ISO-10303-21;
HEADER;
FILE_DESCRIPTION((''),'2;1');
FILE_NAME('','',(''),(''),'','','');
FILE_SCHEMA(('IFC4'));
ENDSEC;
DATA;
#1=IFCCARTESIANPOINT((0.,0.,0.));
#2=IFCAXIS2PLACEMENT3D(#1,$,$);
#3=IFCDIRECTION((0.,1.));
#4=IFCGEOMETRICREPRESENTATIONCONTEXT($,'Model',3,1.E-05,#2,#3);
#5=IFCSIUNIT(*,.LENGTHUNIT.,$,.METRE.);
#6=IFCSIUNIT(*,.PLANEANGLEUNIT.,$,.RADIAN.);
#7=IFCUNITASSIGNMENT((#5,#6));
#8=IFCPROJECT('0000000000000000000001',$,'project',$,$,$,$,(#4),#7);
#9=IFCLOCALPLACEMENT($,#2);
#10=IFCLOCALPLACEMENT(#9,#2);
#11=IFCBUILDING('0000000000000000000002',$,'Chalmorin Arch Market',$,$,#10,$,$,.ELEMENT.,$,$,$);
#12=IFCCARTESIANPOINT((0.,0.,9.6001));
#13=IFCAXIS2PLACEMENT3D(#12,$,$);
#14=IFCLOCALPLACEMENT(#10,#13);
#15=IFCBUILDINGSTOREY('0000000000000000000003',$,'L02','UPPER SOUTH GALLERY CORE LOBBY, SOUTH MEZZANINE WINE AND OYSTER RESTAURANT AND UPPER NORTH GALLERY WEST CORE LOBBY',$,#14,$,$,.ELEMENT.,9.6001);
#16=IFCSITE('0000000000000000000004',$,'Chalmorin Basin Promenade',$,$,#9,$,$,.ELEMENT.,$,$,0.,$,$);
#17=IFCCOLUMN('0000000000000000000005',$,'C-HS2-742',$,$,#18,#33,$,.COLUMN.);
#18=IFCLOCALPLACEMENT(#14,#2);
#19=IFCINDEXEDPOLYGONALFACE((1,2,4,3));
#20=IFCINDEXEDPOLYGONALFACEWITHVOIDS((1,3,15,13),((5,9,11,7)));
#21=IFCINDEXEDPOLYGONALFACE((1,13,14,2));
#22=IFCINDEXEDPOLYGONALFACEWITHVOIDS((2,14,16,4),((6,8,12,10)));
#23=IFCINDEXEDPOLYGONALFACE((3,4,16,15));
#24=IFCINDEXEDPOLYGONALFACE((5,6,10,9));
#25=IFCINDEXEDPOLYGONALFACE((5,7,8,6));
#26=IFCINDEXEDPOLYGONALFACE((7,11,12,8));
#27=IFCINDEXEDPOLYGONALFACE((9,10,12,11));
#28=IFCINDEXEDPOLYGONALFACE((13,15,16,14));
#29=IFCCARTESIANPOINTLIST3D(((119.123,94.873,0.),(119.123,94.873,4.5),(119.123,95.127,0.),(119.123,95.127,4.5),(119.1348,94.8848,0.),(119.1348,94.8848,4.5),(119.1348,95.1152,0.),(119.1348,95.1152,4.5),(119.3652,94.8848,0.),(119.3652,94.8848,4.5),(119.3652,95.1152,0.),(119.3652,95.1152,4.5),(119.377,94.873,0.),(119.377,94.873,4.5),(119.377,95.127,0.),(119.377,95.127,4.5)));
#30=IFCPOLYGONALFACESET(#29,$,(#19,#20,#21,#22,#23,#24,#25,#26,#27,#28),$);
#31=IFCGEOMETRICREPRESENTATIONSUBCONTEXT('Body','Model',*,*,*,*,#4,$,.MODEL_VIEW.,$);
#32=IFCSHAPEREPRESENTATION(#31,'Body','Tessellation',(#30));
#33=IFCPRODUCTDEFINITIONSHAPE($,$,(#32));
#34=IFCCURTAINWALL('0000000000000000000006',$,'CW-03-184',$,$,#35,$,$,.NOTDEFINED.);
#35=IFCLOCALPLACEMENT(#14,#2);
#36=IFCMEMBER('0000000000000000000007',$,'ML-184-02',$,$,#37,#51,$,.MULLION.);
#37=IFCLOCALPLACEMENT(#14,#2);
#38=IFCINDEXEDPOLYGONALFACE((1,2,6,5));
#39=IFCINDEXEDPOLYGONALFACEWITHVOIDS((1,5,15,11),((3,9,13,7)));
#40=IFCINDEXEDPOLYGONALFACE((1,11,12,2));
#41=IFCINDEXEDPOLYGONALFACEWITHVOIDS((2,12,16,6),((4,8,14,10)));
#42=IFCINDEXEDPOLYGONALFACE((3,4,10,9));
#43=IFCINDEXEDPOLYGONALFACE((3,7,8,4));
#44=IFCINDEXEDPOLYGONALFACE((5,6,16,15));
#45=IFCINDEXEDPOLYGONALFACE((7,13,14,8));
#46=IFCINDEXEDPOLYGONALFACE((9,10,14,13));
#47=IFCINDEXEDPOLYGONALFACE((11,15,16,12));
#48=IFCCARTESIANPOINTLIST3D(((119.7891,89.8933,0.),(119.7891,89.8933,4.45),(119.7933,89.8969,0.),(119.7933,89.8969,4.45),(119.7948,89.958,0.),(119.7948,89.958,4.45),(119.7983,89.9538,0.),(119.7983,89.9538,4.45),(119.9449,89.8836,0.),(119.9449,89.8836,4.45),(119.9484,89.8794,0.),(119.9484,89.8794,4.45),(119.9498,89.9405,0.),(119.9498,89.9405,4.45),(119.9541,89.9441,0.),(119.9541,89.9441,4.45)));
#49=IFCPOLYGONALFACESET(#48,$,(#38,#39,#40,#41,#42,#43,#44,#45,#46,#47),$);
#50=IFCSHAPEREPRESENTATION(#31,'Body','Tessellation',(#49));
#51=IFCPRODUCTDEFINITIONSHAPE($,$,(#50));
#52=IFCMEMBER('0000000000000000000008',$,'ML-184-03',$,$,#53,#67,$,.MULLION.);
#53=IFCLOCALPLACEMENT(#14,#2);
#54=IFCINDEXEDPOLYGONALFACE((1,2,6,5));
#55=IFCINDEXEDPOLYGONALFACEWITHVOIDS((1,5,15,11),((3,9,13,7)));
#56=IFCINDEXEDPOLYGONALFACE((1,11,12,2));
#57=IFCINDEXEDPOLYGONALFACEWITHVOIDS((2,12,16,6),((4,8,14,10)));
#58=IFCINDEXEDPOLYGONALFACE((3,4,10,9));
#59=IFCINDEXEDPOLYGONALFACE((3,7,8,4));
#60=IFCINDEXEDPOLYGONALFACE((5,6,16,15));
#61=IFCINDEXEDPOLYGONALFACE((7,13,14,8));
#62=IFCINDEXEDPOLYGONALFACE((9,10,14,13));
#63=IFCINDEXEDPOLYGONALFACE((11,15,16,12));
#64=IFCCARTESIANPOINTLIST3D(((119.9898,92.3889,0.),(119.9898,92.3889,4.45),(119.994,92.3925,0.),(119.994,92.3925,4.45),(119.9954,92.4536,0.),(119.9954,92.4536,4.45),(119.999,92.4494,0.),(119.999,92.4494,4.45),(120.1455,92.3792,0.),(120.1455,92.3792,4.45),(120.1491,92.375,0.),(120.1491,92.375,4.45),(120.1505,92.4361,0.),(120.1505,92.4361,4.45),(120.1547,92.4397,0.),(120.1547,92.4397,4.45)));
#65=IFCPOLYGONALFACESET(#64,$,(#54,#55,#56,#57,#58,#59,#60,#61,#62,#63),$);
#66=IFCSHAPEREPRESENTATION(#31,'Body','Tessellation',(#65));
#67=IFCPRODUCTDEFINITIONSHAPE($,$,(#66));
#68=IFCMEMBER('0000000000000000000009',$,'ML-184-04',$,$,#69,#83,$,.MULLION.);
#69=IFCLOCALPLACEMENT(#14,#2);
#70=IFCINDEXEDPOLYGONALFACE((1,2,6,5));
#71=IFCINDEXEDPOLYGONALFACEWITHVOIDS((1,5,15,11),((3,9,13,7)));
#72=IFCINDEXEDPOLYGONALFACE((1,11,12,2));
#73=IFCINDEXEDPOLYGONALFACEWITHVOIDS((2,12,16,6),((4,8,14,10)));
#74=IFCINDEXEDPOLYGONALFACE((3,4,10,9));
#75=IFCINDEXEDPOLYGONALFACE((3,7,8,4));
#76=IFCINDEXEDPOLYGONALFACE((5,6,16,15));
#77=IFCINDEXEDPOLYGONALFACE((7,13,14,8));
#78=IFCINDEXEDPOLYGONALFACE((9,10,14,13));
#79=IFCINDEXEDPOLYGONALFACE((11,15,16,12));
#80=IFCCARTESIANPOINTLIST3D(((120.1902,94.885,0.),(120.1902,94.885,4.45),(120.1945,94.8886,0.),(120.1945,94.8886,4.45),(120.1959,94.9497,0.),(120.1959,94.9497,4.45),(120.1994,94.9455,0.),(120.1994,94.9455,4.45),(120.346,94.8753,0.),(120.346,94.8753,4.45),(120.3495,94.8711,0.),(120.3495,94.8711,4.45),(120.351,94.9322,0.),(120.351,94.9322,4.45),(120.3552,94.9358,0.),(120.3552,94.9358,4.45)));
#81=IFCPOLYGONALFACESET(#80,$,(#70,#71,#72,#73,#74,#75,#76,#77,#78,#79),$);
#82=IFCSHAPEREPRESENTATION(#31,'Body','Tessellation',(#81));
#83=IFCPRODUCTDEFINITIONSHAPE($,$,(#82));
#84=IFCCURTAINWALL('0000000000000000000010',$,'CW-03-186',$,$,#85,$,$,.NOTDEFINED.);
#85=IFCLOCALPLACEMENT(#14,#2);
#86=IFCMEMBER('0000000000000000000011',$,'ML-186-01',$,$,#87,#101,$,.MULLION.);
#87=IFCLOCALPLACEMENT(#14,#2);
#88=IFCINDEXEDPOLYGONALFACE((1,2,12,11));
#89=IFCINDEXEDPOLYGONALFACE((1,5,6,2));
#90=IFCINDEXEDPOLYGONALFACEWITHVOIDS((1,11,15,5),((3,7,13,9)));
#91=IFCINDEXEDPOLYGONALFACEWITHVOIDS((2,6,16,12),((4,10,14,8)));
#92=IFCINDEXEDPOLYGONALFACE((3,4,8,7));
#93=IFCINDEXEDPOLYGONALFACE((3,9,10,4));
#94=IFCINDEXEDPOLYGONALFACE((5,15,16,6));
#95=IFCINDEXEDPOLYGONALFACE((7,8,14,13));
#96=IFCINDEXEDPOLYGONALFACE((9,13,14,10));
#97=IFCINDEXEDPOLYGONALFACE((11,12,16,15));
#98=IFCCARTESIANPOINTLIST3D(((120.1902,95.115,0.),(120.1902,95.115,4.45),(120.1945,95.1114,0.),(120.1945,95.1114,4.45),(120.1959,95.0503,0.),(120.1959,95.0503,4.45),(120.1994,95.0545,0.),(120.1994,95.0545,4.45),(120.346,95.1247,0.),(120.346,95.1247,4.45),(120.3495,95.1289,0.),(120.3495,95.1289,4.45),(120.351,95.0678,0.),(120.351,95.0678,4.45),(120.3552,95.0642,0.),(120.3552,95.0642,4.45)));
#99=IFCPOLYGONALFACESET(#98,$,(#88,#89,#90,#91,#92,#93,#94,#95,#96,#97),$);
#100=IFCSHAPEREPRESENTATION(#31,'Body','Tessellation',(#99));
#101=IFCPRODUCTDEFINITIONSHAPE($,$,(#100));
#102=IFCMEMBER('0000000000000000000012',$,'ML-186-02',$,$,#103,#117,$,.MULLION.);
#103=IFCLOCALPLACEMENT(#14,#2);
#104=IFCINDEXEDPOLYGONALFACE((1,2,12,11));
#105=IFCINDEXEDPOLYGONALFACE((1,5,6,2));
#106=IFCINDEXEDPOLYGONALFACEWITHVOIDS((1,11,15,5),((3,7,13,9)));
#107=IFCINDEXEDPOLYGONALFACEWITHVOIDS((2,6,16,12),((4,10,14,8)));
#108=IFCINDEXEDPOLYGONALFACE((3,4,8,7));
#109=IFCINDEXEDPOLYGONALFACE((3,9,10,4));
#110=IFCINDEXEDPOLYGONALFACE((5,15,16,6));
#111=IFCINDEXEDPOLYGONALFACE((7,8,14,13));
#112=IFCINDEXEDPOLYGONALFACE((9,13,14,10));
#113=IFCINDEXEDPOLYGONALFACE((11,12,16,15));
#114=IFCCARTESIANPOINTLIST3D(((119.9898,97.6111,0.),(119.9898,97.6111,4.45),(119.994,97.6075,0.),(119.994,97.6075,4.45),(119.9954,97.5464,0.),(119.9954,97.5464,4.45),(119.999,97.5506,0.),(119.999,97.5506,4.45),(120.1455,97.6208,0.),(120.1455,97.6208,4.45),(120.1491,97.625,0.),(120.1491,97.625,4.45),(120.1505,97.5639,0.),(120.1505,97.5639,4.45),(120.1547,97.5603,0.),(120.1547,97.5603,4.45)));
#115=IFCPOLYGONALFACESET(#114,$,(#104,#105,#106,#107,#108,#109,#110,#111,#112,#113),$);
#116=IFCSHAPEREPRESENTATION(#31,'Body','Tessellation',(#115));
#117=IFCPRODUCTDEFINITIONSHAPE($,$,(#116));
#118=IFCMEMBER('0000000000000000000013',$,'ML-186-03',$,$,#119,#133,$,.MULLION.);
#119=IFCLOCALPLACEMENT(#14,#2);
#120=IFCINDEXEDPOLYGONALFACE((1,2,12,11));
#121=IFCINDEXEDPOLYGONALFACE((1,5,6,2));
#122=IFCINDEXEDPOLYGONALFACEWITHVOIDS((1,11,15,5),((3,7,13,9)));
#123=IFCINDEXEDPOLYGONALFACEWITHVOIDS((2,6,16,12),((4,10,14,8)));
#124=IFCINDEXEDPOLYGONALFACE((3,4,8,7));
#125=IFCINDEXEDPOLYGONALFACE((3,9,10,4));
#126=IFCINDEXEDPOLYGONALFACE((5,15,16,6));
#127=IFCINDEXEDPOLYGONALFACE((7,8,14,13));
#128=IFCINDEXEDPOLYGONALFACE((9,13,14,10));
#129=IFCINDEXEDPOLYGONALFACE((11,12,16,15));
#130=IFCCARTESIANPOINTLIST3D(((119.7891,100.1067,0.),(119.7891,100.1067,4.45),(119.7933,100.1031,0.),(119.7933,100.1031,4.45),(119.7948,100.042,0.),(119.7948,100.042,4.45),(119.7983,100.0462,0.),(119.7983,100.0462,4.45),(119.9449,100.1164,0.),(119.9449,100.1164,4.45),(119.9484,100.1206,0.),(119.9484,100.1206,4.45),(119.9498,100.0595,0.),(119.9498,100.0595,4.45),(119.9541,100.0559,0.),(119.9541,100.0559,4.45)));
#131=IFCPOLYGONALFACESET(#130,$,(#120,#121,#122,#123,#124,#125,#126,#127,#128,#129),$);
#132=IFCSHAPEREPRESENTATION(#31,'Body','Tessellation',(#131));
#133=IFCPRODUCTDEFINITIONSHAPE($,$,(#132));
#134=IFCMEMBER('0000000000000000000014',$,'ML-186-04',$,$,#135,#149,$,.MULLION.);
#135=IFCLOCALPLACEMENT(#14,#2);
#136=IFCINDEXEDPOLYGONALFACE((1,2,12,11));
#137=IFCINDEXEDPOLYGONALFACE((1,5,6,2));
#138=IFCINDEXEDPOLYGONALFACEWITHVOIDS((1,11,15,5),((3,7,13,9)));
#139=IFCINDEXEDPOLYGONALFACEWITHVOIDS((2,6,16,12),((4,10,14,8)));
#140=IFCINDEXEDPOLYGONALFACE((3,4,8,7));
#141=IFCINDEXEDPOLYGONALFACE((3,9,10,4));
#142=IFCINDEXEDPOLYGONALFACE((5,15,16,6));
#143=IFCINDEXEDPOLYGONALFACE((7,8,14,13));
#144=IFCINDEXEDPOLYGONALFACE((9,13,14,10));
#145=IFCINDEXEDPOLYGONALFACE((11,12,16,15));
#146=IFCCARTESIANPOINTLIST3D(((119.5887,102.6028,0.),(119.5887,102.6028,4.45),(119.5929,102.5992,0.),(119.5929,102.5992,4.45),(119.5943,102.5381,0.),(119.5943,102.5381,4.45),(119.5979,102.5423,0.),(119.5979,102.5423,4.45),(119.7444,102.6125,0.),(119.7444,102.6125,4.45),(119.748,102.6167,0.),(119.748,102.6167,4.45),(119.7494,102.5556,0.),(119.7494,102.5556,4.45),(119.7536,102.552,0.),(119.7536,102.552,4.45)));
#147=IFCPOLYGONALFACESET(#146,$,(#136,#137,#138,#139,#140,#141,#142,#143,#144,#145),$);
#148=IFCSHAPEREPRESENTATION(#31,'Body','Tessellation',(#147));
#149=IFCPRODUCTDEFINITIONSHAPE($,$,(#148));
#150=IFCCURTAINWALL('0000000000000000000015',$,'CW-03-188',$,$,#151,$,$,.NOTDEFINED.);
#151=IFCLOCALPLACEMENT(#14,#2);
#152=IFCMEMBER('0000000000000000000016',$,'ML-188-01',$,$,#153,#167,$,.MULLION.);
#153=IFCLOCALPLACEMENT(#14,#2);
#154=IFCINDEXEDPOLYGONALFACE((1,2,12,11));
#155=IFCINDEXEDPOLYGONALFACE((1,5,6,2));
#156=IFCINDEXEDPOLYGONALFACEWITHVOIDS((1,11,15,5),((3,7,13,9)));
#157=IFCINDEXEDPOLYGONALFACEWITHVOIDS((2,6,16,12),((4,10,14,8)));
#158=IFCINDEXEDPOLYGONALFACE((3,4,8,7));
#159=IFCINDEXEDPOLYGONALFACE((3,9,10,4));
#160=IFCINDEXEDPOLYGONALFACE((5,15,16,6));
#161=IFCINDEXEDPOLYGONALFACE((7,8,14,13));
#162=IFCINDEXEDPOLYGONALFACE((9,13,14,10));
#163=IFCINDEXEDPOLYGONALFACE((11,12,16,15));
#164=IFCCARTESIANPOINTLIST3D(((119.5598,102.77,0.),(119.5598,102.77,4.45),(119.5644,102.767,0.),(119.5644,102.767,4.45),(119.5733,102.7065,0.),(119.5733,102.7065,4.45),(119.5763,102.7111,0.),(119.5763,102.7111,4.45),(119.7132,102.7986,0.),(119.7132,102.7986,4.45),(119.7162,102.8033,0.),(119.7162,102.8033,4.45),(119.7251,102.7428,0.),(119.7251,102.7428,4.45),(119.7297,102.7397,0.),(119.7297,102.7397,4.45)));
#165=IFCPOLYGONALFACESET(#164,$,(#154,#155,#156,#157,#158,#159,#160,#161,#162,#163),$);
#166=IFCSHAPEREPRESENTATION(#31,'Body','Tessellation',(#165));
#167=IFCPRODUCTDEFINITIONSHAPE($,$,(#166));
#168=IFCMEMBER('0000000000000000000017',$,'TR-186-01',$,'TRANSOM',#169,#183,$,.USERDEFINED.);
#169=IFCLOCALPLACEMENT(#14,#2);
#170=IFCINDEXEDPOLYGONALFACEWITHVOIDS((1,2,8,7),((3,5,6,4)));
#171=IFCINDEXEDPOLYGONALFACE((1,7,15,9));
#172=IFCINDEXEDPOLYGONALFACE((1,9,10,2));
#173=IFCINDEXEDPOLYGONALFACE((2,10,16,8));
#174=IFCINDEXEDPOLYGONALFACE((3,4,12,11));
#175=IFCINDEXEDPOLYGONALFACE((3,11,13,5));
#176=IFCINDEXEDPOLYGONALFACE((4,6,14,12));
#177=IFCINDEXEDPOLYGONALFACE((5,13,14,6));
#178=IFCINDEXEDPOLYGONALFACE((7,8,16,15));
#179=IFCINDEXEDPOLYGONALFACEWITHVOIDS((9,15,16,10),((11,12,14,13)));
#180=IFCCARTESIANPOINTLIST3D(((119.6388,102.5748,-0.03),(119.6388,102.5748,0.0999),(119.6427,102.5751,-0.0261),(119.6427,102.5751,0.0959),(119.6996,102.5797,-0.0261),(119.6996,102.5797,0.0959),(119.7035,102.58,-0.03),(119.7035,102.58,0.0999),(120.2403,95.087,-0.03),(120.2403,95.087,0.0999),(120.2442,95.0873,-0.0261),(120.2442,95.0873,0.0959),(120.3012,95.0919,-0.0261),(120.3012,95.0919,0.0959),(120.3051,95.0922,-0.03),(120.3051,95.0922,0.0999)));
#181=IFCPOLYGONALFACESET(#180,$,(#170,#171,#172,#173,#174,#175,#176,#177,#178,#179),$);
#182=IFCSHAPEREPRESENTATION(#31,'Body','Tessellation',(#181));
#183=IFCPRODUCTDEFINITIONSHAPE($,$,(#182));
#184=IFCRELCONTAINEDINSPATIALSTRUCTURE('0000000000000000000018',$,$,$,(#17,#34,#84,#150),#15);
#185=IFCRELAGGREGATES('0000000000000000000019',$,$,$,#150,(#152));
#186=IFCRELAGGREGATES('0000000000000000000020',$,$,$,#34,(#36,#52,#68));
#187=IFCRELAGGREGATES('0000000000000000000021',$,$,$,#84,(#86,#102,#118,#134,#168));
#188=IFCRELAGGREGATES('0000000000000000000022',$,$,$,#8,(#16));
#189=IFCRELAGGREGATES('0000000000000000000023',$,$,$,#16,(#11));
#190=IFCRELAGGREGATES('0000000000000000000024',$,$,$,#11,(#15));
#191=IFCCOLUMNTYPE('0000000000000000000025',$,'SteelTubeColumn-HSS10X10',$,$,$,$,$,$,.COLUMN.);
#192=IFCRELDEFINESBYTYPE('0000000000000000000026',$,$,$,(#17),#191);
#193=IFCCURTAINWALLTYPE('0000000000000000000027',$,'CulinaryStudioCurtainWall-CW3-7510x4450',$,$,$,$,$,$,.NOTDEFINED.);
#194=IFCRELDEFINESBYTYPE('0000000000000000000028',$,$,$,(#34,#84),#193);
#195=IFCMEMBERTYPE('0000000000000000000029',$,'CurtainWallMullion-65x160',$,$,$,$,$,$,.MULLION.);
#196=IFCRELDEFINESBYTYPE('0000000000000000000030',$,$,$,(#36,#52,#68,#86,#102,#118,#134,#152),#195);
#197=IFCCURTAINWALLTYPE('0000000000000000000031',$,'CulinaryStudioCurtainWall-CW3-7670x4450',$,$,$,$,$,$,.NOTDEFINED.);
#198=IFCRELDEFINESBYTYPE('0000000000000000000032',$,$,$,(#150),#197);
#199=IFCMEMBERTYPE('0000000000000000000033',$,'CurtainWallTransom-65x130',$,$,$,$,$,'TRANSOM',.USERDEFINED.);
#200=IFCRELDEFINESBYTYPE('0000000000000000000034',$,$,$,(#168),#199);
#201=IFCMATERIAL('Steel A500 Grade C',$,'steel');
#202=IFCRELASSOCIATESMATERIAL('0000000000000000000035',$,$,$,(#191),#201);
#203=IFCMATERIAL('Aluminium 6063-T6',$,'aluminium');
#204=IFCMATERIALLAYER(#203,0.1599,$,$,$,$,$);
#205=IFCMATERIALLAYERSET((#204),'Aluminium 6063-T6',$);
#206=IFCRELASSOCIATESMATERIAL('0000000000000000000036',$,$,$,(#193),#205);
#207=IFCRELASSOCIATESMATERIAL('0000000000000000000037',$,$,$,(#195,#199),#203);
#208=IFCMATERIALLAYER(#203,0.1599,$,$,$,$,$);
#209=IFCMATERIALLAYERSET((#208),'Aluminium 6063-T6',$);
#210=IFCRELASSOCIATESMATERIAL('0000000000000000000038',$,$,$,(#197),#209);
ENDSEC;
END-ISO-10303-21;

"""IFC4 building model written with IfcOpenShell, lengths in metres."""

from ifc_helpers import new_model, si_unit, direction, frame, origin, origin_2d, place, context, subcontext, project, spatial, hollow_rectangle, extrude, material, layer, layer_set, material_profile, profile_set, type_object, element, aggregate, save


model = new_model("IFC4")

# Units and contexts
model_context = context("Model", 3, precision=1e-05, world=origin(), true_north=direction((0.0, 1.0)))
body_context = subcontext(model_context, "Body", "Model", "MODEL_VIEW")
ifc_project = project(units=[si_unit("LENGTHUNIT", "METRE"), si_unit("PLANEANGLEUNIT", "RADIAN")], contexts=[model_context])

# Site, building, storey
site_placement = place(None, origin())
site = spatial("IfcSite", under=ifc_project, at=site_placement, Name="Chalmorin Basin Promenade", CompositionType="ELEMENT", RefElevation=0.0)
building_placement = place(site_placement, origin())
building = spatial("IfcBuilding", under=site, at=building_placement, Name="Chalmorin Arch Market", CompositionType="ELEMENT")
storey_placement = place(building_placement, frame((0.0, 0.0, 9.6001)))
storey = spatial("IfcBuildingStorey", under=building, at=storey_placement, Name="L02", Description="UPPER SOUTH GALLERY CORE LOBBY, SOUTH MEZZANINE WINE AND OYSTER RESTAURANT AND UPPER NORTH GALLERY WEST CORE LOBBY", CompositionType="ELEMENT", Elevation=9.6001)

# Column
ifc_material_1 = material(Name="Steel A500 Grade C", Category="steel")
ifc_material_profile_1 = material_profile(ifc_material_1, hollow_rectangle(XDim=0.2539, YDim=0.2539, WallThickness=0.0117, at=origin_2d()), Name="HSS10X10X1/2")
ifc_profile_set_1 = profile_set([ifc_material_profile_1], Name="Steel A500 Grade C")
column_type = type_object("IfcColumnType", Name="SteelTubeColumn-HSS10X10", PredefinedType="COLUMN", material=ifc_profile_set_1)
column_placement = place(storey_placement, frame((119.25, 95.0, 0.0), z_axis=(0.0, 0.0, 1.0), x_axis=(1.0, 0.0, 0.0)))
element("IfcColumn", 1, at=column_placement, inside=storey, type_object=column_type, Name="C-HS2-742", PredefinedType="COLUMN", context=body_context, shape_type="SweptSolid", body=[
    extrude(hollow_rectangle(XDim=0.2539, YDim=0.2539, WallThickness=0.0117, at=origin_2d()), origin(), (0.0, 0.0, 1.0), 4.5),
])

# Curtain walls, members
ifc_material_2 = material(Name="Aluminium 6063-T6", Category="aluminium")
ifc_layer_1 = layer(ifc_material_2, 0.1599)
ifc_layer_set_1 = layer_set([ifc_layer_1], Name="Aluminium 6063-T6")
curtain_wall_type_1 = type_object("IfcCurtainWallType", Name="CulinaryStudioCurtainWall-CW3-7510x4450", PredefinedType="NOTDEFINED", material=ifc_layer_set_1)
curtain_wall_1_placement = place(storey_placement, origin())
curtain_wall_1 = element("IfcCurtainWall", 2, at=curtain_wall_1_placement, inside=storey, type_object=curtain_wall_type_1, Name="CW-03-184", PredefinedType="NOTDEFINED")
ifc_material_profile_2 = material_profile(ifc_material_2, hollow_rectangle(XDim=0.0649, YDim=0.1599, WallThickness=0.0039, at=origin_2d()), Name="ALU65X160X4")
ifc_profile_set_2 = profile_set([ifc_material_profile_2], Name="Aluminium 6063-T6")
member_type_1 = type_object("IfcMemberType", Name="CurtainWallMullion-65x160", PredefinedType="MULLION", material=ifc_profile_set_2)
member_1_placement = place(storey_placement, frame((119.8716, 89.9187, 0.0), z_axis=(0.0, 0.0, 1.0), x_axis=(0.087156, 0.996195, 0.0)))
member_1 = element("IfcMember", 3, at=member_1_placement, type_object=member_type_1, Name="ML-184-02", PredefinedType="MULLION", context=body_context, shape_type="SweptSolid", body=[
    extrude(hollow_rectangle(XDim=0.0649, YDim=0.1599, WallThickness=0.0039, at=origin_2d()), origin(), (0.0, 0.0, 1.0), 4.45),
])
member_2_placement = place(storey_placement, frame((120.0723, 92.4143, 0.0), z_axis=(0.0, 0.0, 1.0), x_axis=(0.087156, 0.996195, 0.0)))
member_2 = element("IfcMember", 4, at=member_2_placement, type_object=member_type_1, Name="ML-184-03", PredefinedType="MULLION", context=body_context, shape_type="SweptSolid", body=[
    extrude(hollow_rectangle(XDim=0.0649, YDim=0.1599, WallThickness=0.0039, at=origin_2d()), origin(), (0.0, 0.0, 1.0), 4.45),
])
member_3_placement = place(storey_placement, frame((120.2727, 94.9104, 0.0), z_axis=(0.0, 0.0, 1.0), x_axis=(0.087156, 0.996195, 0.0)))
member_3 = element("IfcMember", 5, at=member_3_placement, type_object=member_type_1, Name="ML-184-04", PredefinedType="MULLION", context=body_context, shape_type="SweptSolid", body=[
    extrude(hollow_rectangle(XDim=0.0649, YDim=0.1599, WallThickness=0.0039, at=origin_2d()), origin(), (0.0, 0.0, 1.0), 4.45),
])
curtain_wall_2_placement = place(storey_placement, origin())
curtain_wall_2 = element("IfcCurtainWall", 6, at=curtain_wall_2_placement, inside=storey, type_object=curtain_wall_type_1, Name="CW-03-186", PredefinedType="NOTDEFINED")
member_4_placement = place(storey_placement, frame((120.2727, 95.0896, 0.0), z_axis=(0.0, 0.0, 1.0), x_axis=(-0.087156, 0.996195, 0.0)))
member_4 = element("IfcMember", 7, at=member_4_placement, type_object=member_type_1, Name="ML-186-01", PredefinedType="MULLION", context=body_context, shape_type="SweptSolid", body=[
    extrude(hollow_rectangle(XDim=0.0649, YDim=0.1599, WallThickness=0.0039, at=origin_2d()), origin(), (0.0, 0.0, 1.0), 4.45),
])
member_5_placement = place(storey_placement, frame((120.0723, 97.5857, 0.0), z_axis=(0.0, 0.0, 1.0), x_axis=(-0.087156, 0.996195, 0.0)))
member_5 = element("IfcMember", 8, at=member_5_placement, type_object=member_type_1, Name="ML-186-02", PredefinedType="MULLION", context=body_context, shape_type="SweptSolid", body=[
    extrude(hollow_rectangle(XDim=0.0649, YDim=0.1599, WallThickness=0.0039, at=origin_2d()), origin(), (0.0, 0.0, 1.0), 4.45),
])
member_6_placement = place(storey_placement, frame((119.8716, 100.0813, 0.0), z_axis=(0.0, 0.0, 1.0), x_axis=(-0.087156, 0.996195, 0.0)))
member_6 = element("IfcMember", 9, at=member_6_placement, type_object=member_type_1, Name="ML-186-03", PredefinedType="MULLION", context=body_context, shape_type="SweptSolid", body=[
    extrude(hollow_rectangle(XDim=0.0649, YDim=0.1599, WallThickness=0.0039, at=origin_2d()), origin(), (0.0, 0.0, 1.0), 4.45),
])
member_7_placement = place(storey_placement, frame((119.6711, 102.5774, 0.0), z_axis=(0.0, 0.0, 1.0), x_axis=(-0.087156, 0.996195, 0.0)))
member_7 = element("IfcMember", 10, at=member_7_placement, type_object=member_type_1, Name="ML-186-04", PredefinedType="MULLION", context=body_context, shape_type="SweptSolid", body=[
    extrude(hollow_rectangle(XDim=0.0649, YDim=0.1599, WallThickness=0.0039, at=origin_2d()), origin(), (0.0, 0.0, 1.0), 4.45),
])

# Curtain wall, member
ifc_layer_2 = layer(ifc_material_2, 0.1599)
ifc_layer_set_2 = layer_set([ifc_layer_2], Name="Aluminium 6063-T6")
curtain_wall_type_2 = type_object("IfcCurtainWallType", Name="CulinaryStudioCurtainWall-CW3-7670x4450", PredefinedType="NOTDEFINED", material=ifc_layer_set_2)
curtain_wall_3_placement = place(storey_placement, origin())
curtain_wall_3 = element("IfcCurtainWall", 11, at=curtain_wall_3_placement, inside=storey, type_object=curtain_wall_type_2, Name="CW-03-188", PredefinedType="NOTDEFINED")
member_8_placement = place(storey_placement, frame((119.6448, 102.7549, 0.0), z_axis=(0.0, 0.0, 1.0), x_axis=(-0.207912, 0.978148, 0.0)))
member_8 = element("IfcMember", 12, at=member_8_placement, type_object=member_type_1, Name="ML-188-01", PredefinedType="MULLION", context=body_context, shape_type="SweptSolid", body=[
    extrude(hollow_rectangle(XDim=0.0649, YDim=0.1599, WallThickness=0.0039, at=origin_2d()), origin(), (0.0, 0.0, 1.0), 4.45),
])

# Member
ifc_material_profile_3 = material_profile(ifc_material_2, hollow_rectangle(XDim=0.0649, YDim=0.1299, WallThickness=0.0039, at=origin_2d()), Name="ALU65X130X4")
ifc_profile_set_3 = profile_set([ifc_material_profile_3], Name="Aluminium 6063-T6")
member_type_2 = type_object("IfcMemberType", Name="CurtainWallTransom-65x130", ElementType="TRANSOM", PredefinedType="USERDEFINED", material=ifc_profile_set_3)
member_9_placement = place(storey_placement, frame((120.2727, 95.0896, 0.0349), z_axis=(-0.080081, 0.996788, 0.0), x_axis=(-0.996788, -0.080081, 0.0)))
member_9 = element("IfcMember", 13, at=member_9_placement, type_object=member_type_2, Name="TR-186-01", ObjectType="TRANSOM", PredefinedType="USERDEFINED", context=body_context, shape_type="SweptSolid", body=[
    extrude(hollow_rectangle(XDim=0.0649, YDim=0.1299, WallThickness=0.0039, at=origin_2d()), origin(), (0.0, 0.0, 1.0), 7.512),
])
aggregate(curtain_wall_3, [member_8])

aggregate(curtain_wall_1, [member_1, member_2, member_3])
aggregate(curtain_wall_2, [member_4, member_5, member_6, member_7, member_9])

save(model, "model.ifc")
